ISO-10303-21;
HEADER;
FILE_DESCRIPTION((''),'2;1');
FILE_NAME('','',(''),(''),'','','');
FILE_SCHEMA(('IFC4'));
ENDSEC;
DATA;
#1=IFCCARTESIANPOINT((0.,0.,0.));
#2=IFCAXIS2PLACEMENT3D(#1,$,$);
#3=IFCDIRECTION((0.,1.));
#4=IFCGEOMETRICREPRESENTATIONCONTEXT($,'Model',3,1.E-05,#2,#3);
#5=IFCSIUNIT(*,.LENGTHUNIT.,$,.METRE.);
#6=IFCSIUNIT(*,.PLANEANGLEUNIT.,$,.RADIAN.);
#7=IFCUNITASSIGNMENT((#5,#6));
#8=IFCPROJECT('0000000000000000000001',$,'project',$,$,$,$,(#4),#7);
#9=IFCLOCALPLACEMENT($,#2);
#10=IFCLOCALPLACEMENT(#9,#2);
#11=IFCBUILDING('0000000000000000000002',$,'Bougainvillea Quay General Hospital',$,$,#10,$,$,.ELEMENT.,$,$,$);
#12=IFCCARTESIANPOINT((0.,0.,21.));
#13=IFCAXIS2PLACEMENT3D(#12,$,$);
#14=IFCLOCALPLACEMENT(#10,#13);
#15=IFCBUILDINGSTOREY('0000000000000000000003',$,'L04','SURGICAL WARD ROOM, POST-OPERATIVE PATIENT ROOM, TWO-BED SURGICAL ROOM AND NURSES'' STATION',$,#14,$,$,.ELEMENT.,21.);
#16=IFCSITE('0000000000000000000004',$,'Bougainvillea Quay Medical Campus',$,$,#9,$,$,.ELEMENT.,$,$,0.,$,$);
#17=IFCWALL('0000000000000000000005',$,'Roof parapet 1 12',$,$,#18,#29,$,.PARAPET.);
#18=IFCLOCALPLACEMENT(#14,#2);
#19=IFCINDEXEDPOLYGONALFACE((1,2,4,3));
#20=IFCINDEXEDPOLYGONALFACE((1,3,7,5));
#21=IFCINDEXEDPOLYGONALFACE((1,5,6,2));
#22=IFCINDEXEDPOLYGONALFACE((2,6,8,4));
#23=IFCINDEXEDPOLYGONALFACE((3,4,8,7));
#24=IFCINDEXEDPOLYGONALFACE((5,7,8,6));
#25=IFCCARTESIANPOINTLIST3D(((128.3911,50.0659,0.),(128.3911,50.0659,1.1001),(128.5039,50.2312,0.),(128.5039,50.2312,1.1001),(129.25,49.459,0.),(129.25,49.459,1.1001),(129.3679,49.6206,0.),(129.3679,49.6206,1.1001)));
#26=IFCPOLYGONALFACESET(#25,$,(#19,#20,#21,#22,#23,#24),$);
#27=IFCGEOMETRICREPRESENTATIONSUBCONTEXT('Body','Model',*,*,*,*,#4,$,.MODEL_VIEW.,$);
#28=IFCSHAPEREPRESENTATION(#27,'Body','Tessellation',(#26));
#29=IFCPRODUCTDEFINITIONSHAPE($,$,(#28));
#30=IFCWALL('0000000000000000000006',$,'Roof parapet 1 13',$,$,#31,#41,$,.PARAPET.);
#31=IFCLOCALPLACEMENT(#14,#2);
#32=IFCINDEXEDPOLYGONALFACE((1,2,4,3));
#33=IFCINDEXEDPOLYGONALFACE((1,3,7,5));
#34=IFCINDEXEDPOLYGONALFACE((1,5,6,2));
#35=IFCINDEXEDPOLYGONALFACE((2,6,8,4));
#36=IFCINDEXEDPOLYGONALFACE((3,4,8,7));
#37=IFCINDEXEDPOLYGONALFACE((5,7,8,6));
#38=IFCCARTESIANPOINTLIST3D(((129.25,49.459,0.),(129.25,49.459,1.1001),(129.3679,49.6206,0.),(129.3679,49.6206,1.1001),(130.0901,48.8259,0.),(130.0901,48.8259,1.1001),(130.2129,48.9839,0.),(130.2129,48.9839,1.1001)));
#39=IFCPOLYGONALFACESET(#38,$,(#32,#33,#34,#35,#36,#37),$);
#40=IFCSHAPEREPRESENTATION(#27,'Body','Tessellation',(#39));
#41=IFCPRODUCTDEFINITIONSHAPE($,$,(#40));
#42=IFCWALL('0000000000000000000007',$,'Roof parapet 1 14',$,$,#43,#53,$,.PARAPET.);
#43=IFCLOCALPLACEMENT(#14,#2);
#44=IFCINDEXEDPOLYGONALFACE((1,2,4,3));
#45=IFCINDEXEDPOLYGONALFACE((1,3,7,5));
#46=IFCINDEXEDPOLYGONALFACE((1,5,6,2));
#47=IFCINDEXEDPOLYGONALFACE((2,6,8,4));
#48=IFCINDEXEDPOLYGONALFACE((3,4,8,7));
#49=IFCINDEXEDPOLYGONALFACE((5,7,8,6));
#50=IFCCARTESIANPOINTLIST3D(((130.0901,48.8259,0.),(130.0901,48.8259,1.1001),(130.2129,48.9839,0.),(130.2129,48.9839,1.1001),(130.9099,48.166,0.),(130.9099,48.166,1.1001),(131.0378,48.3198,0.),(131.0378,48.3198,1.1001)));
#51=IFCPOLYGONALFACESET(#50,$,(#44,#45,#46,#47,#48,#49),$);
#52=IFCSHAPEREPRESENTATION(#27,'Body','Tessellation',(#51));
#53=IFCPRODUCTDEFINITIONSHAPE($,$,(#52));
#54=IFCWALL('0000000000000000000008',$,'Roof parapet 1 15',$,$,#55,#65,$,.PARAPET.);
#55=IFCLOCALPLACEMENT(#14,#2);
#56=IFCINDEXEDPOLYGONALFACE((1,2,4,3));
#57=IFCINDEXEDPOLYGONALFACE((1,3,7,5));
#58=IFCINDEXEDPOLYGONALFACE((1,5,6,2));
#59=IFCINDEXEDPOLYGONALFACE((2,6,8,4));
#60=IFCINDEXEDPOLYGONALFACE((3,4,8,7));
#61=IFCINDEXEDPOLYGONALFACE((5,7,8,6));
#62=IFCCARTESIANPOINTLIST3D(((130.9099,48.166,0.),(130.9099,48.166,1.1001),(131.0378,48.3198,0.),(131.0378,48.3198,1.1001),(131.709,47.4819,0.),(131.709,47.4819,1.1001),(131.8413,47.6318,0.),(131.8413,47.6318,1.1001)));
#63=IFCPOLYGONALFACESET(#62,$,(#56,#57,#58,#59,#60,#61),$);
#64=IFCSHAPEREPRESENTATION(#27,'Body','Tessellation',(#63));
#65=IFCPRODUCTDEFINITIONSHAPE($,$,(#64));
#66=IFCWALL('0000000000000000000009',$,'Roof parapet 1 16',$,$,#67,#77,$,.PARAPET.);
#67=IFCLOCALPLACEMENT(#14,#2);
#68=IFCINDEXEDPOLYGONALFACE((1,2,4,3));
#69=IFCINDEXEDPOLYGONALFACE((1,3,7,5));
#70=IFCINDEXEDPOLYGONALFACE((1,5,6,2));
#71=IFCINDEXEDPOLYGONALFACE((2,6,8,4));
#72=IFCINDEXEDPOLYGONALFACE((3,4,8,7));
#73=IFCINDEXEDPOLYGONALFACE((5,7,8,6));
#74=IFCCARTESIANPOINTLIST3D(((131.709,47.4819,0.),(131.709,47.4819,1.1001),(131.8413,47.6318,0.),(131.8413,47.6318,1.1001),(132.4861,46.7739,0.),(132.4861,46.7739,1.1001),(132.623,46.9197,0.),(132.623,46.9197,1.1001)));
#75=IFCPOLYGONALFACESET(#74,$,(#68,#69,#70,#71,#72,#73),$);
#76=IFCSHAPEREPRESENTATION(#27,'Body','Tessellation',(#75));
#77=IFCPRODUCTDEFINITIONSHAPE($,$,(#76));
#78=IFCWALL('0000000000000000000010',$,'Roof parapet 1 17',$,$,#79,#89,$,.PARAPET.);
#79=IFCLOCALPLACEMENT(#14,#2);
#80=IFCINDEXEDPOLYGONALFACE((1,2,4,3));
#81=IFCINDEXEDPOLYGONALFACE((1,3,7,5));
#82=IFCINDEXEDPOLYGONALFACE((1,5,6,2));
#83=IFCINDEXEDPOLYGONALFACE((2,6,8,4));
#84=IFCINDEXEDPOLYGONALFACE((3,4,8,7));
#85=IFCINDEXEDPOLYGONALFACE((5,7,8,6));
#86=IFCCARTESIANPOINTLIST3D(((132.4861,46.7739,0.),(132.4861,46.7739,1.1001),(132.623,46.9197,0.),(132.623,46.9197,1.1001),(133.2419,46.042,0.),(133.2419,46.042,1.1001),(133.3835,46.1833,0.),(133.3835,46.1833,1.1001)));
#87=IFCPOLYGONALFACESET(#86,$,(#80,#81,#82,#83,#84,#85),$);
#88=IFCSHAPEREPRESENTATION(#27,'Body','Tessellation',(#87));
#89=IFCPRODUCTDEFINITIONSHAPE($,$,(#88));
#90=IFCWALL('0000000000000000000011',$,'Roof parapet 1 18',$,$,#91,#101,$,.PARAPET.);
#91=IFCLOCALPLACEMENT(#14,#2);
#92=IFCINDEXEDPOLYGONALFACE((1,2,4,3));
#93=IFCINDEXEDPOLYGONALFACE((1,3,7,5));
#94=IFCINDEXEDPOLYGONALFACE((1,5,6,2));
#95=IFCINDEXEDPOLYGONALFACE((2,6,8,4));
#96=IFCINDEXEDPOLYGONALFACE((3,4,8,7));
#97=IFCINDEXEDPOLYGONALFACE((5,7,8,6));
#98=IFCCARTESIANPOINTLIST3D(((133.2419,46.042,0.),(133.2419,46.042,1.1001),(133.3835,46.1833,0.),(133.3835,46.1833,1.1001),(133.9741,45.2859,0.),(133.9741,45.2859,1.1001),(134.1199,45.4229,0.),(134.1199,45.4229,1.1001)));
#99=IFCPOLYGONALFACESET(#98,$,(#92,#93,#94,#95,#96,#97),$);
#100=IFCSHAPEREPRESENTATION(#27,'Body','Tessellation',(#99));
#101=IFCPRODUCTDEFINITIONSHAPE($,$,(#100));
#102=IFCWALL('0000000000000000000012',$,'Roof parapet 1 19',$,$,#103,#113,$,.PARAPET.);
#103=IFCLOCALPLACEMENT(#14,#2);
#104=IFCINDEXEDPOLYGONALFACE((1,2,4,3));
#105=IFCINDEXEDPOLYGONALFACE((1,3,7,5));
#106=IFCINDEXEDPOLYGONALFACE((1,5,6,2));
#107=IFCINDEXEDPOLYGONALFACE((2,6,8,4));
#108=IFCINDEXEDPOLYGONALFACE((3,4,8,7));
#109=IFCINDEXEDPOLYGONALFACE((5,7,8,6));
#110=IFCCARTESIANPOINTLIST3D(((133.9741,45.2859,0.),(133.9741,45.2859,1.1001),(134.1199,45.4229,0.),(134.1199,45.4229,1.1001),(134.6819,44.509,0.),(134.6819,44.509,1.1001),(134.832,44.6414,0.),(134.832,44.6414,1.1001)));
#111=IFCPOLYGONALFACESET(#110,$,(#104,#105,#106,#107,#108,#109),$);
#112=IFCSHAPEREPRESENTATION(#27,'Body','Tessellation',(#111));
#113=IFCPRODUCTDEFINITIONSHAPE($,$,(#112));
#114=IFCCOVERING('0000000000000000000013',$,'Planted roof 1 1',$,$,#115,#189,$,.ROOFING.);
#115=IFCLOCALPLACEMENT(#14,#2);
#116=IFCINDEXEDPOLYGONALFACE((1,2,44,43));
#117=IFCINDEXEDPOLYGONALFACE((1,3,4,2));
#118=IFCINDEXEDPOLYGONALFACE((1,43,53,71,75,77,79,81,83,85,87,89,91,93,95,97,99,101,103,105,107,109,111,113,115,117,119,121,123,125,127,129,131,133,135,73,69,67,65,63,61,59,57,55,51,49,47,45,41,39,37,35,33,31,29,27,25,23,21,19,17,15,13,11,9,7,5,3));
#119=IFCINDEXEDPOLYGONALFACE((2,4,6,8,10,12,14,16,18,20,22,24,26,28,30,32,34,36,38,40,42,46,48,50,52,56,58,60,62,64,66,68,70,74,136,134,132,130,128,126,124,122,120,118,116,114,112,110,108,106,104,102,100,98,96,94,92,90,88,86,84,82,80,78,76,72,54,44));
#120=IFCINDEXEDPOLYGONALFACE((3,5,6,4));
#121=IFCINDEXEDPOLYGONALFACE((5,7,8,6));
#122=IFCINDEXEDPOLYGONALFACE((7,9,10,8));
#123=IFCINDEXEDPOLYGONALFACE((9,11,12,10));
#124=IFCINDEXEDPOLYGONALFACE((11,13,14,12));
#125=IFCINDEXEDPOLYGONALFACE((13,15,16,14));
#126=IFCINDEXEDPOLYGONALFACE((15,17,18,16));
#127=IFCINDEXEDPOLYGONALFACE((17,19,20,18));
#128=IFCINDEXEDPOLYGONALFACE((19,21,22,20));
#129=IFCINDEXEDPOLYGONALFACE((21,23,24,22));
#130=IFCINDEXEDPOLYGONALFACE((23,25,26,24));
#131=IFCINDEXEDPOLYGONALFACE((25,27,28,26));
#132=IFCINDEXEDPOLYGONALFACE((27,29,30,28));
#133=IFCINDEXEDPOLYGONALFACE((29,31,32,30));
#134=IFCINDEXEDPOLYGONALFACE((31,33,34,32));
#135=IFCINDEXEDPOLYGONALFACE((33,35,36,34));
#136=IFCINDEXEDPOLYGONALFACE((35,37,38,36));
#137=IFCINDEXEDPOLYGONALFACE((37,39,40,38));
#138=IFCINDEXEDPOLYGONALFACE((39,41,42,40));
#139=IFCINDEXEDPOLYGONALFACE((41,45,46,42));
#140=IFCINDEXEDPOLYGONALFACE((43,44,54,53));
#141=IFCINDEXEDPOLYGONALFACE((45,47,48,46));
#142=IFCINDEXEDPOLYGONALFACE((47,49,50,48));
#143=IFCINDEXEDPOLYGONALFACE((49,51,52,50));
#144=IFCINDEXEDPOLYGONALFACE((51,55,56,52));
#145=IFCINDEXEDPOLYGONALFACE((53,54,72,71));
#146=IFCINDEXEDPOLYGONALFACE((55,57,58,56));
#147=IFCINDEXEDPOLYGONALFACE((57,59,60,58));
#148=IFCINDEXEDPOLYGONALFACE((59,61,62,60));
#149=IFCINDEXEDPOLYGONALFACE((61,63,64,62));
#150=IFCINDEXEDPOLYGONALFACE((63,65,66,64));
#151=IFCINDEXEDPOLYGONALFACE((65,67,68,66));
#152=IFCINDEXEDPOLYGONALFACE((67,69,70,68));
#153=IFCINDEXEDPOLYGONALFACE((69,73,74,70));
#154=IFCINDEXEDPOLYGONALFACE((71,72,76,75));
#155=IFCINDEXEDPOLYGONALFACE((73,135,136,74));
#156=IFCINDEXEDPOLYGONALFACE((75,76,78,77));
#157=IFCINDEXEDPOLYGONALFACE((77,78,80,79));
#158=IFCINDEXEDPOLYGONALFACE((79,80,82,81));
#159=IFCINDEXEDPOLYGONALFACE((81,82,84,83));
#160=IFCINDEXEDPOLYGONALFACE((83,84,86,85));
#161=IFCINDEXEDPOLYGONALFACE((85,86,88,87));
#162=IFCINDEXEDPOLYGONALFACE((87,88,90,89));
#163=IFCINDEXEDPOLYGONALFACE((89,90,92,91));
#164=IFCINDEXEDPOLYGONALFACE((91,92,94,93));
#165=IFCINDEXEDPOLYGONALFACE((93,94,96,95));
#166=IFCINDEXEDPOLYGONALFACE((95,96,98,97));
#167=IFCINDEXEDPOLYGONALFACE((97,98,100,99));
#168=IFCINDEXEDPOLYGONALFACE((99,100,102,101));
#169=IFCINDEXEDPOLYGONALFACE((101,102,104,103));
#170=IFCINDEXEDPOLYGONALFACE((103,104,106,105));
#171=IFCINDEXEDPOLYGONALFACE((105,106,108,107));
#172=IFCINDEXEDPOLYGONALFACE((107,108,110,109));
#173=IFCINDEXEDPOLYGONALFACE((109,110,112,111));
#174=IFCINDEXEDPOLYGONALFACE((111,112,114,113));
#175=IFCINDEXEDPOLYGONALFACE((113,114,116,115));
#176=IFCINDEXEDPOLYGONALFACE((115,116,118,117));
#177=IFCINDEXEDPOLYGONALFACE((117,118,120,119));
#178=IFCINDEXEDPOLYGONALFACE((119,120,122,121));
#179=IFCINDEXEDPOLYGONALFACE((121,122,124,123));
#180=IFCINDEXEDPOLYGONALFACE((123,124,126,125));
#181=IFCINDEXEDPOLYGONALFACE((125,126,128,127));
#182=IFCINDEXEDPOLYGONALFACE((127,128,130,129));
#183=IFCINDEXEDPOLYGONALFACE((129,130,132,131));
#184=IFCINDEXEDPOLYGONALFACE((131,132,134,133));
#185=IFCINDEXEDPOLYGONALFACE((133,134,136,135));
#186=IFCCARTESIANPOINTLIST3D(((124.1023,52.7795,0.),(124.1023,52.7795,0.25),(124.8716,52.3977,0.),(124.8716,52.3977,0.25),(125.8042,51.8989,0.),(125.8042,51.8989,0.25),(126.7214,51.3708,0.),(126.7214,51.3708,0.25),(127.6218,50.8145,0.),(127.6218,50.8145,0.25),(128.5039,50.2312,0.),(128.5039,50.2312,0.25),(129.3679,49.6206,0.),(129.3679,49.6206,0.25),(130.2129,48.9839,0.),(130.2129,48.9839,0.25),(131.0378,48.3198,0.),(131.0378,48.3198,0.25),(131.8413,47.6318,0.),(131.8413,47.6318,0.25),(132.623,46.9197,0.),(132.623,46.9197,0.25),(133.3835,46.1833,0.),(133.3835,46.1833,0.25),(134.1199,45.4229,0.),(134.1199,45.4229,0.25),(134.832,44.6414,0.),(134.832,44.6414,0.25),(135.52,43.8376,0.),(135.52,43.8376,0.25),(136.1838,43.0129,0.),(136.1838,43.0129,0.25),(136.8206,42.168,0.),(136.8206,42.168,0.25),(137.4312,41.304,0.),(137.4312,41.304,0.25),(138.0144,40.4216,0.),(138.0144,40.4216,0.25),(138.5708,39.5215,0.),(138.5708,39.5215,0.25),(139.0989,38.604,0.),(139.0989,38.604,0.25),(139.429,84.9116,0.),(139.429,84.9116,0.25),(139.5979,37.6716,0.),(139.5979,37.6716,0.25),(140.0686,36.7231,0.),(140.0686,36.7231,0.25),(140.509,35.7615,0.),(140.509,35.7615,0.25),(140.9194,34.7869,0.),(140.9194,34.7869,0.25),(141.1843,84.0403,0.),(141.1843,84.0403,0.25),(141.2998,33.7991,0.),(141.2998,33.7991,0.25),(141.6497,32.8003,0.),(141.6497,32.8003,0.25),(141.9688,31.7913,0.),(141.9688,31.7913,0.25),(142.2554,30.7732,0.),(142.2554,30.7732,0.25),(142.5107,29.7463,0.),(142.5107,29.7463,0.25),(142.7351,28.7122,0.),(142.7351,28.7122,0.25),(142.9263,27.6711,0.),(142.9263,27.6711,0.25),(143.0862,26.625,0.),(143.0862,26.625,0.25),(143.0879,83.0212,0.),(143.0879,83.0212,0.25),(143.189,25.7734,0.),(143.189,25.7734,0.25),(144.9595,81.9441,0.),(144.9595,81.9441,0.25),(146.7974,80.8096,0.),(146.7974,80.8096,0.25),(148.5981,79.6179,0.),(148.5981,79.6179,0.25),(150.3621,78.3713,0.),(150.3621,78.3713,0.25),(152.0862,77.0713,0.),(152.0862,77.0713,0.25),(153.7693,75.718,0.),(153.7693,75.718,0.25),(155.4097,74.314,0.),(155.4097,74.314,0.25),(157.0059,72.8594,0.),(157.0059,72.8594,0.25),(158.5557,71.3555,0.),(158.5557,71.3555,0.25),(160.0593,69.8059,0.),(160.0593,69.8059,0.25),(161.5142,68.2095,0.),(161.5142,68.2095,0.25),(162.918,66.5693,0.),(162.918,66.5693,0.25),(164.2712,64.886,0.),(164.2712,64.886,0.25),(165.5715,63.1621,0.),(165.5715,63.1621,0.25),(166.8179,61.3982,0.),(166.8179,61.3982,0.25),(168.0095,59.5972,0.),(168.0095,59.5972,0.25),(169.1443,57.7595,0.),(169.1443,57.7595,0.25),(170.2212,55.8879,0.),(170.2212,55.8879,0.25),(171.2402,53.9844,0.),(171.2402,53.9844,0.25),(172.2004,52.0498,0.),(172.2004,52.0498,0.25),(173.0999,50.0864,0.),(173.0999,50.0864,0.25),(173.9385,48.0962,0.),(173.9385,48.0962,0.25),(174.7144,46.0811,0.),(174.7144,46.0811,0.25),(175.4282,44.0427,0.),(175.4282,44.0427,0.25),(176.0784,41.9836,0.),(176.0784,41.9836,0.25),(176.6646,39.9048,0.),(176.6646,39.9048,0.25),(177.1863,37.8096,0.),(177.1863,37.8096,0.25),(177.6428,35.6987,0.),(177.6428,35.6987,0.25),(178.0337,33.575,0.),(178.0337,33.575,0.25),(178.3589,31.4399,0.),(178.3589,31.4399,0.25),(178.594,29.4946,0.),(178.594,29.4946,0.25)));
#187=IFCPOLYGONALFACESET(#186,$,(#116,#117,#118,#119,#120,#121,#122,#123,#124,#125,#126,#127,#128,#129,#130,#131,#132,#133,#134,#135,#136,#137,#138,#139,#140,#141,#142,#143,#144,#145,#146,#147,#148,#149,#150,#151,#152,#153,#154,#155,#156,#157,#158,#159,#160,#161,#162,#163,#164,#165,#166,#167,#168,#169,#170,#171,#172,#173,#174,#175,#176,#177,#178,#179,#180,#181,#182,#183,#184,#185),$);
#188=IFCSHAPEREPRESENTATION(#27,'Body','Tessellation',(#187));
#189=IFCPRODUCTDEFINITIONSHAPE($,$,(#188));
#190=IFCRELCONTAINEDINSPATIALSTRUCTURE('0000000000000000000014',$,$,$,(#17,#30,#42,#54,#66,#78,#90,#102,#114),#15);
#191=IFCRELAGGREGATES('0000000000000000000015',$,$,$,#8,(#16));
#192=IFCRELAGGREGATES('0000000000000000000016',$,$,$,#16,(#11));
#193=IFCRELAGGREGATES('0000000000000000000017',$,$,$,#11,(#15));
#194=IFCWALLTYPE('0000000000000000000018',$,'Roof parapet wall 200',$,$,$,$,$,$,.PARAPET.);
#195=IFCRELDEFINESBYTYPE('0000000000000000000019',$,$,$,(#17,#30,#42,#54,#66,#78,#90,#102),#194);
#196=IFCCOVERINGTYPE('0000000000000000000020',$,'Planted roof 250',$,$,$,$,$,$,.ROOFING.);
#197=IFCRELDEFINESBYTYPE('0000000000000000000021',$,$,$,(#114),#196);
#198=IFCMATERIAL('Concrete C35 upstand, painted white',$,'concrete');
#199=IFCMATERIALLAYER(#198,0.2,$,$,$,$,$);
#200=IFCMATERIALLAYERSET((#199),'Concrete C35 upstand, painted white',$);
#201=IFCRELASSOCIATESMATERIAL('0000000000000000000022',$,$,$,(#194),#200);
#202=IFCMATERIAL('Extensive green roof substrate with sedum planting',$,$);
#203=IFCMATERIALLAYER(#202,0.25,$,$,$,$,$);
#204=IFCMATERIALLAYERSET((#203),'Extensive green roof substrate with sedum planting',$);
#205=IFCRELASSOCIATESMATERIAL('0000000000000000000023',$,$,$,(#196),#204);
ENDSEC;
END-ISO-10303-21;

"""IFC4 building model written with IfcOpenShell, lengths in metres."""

from ifc_helpers import new_model, si_unit, direction, frame, origin, place, context, subcontext, project, spatial, polyline, outline, extrude, material, layer, layer_set, type_object, element, save


model = new_model("IFC4")

# Units and contexts
model_context = context("Model", 3, precision=1e-05, world=origin(), true_north=direction((0.0, 1.0)))
body_context = subcontext(model_context, "Body", "Model", "MODEL_VIEW")
ifc_project = project(units=[si_unit("LENGTHUNIT", "METRE"), si_unit("PLANEANGLEUNIT", "RADIAN")], contexts=[model_context])

# Site, building, storey
site_placement = place(None, origin())
site = spatial("IfcSite", under=ifc_project, at=site_placement, Name="Bougainvillea Quay Medical Campus", CompositionType="ELEMENT", RefElevation=0.0)
building_placement = place(site_placement, origin())
building = spatial("IfcBuilding", under=site, at=building_placement, Name="Bougainvillea Quay General Hospital", CompositionType="ELEMENT")
storey_placement = place(building_placement, frame((0.0, 0.0, 21.0)))
storey = spatial("IfcBuildingStorey", under=building, at=storey_placement, Name="L04", Description="SURGICAL WARD ROOM, POST-OPERATIVE PATIENT ROOM, TWO-BED SURGICAL ROOM AND NURSES' STATION", CompositionType="ELEMENT", Elevation=21.0)

# Walls
ifc_material_1 = material(Name="Concrete C35 upstand, painted white", Category="concrete")
ifc_layer_1 = layer(ifc_material_1, 0.2)
ifc_layer_set_1 = layer_set([ifc_layer_1], Name="Concrete C35 upstand, painted white")
wall_type = type_object("IfcWallType", Name="Roof parapet wall 200", PredefinedType="PARAPET", material=ifc_layer_set_1)
wall_1_placement = place(storey_placement, origin())
element("IfcWall", 1, at=wall_1_placement, inside=storey, type_object=wall_type, Name="Roof parapet 1 12", PredefinedType="PARAPET", context=body_context, shape_type="SweptSolid", body=[
    extrude(outline(polyline([(129.3679, 49.6206), (129.25, 49.459), (128.3911, 50.0659), (128.5039, 50.2312), (129.3679, 49.6206)])), origin(), (0.0, 0.0, 1.0), 1.1001),
])
wall_2_placement = place(storey_placement, origin())
element("IfcWall", 2, at=wall_2_placement, inside=storey, type_object=wall_type, Name="Roof parapet 1 13", PredefinedType="PARAPET", context=body_context, shape_type="SweptSolid", body=[
    extrude(outline(polyline([(130.2129, 48.9839), (130.0901, 48.8259), (129.25, 49.459), (129.3679, 49.6206), (130.2129, 48.9839)])), origin(), (0.0, 0.0, 1.0), 1.1001),
])
wall_3_placement = place(storey_placement, origin())
element("IfcWall", 3, at=wall_3_placement, inside=storey, type_object=wall_type, Name="Roof parapet 1 14", PredefinedType="PARAPET", context=body_context, shape_type="SweptSolid", body=[
    extrude(outline(polyline([(131.0378, 48.3198), (130.9099, 48.166), (130.0901, 48.8259), (130.2129, 48.9839), (131.0378, 48.3198)])), origin(), (0.0, 0.0, 1.0), 1.1001),
])
wall_4_placement = place(storey_placement, origin())
element("IfcWall", 4, at=wall_4_placement, inside=storey, type_object=wall_type, Name="Roof parapet 1 15", PredefinedType="PARAPET", context=body_context, shape_type="SweptSolid", body=[
    extrude(outline(polyline([(131.8413, 47.6318), (131.709, 47.4819), (130.9099, 48.166), (131.0378, 48.3198), (131.8413, 47.6318)])), origin(), (0.0, 0.0, 1.0), 1.1001),
])
wall_5_placement = place(storey_placement, origin())
element("IfcWall", 5, at=wall_5_placement, inside=storey, type_object=wall_type, Name="Roof parapet 1 16", PredefinedType="PARAPET", context=body_context, shape_type="SweptSolid", body=[
    extrude(outline(polyline([(132.623, 46.9197), (132.4861, 46.7739), (131.709, 47.4819), (131.8413, 47.6318), (132.623, 46.9197)])), origin(), (0.0, 0.0, 1.0), 1.1001),
])
wall_6_placement = place(storey_placement, origin())
element("IfcWall", 6, at=wall_6_placement, inside=storey, type_object=wall_type, Name="Roof parapet 1 17", PredefinedType="PARAPET", context=body_context, shape_type="SweptSolid", body=[
    extrude(outline(polyline([(133.3835, 46.1833), (133.2419, 46.042), (132.4861, 46.7739), (132.623, 46.9197), (133.3835, 46.1833)])), origin(), (0.0, 0.0, 1.0), 1.1001),
])
wall_7_placement = place(storey_placement, origin())
element("IfcWall", 7, at=wall_7_placement, inside=storey, type_object=wall_type, Name="Roof parapet 1 18", PredefinedType="PARAPET", context=body_context, shape_type="SweptSolid", body=[
    extrude(outline(polyline([(134.1199, 45.4229), (133.9741, 45.2859), (133.2419, 46.042), (133.3835, 46.1833), (134.1199, 45.4229)])), origin(), (0.0, 0.0, 1.0), 1.1001),
])
wall_8_placement = place(storey_placement, origin())
element("IfcWall", 8, at=wall_8_placement, inside=storey, type_object=wall_type, Name="Roof parapet 1 19", PredefinedType="PARAPET", context=body_context, shape_type="SweptSolid", body=[
    extrude(outline(polyline([(134.832, 44.6414), (134.6819, 44.509), (133.9741, 45.2859), (134.1199, 45.4229), (134.832, 44.6414)])), origin(), (0.0, 0.0, 1.0), 1.1001),
])

# Covering
ifc_material_2 = material(Name="Extensive green roof substrate with sedum planting")
ifc_layer_2 = layer(ifc_material_2, 0.25)
ifc_layer_set_2 = layer_set([ifc_layer_2], Name="Extensive green roof substrate with sedum planting")
covering_type = type_object("IfcCoveringType", Name="Planted roof 250", PredefinedType="ROOFING", material=ifc_layer_set_2)
covering_placement = place(storey_placement, origin())
element("IfcCovering", 9, at=covering_placement, inside=storey, type_object=covering_type, Name="Planted roof 1 1", PredefinedType="ROOFING", context=body_context, shape_type="SweptSolid", body=[
    extrude(outline(polyline([(148.5981, 79.6179), (150.3621, 78.3713), (152.0862, 77.0713), (153.7693, 75.718), (155.4097, 74.314), (157.0059, 72.8594), (158.5557, 71.3555), (160.0593, 69.8059), (161.5142, 68.2095), (162.918, 66.5693), (164.2712, 64.886), (165.5715, 63.1621), (166.8179, 61.3982), (168.0095, 59.5972), (169.1443, 57.7595), (170.2212, 55.8879), (171.2402, 53.9844), (172.2004, 52.0498), (173.0999, 50.0864), (173.9385, 48.0962), (174.7144, 46.0811), (175.4282, 44.0427), (176.0784, 41.9836), (176.6646, 39.9048), (177.1863, 37.8096), (177.6428, 35.6987), (178.0337, 33.575), (178.3589, 31.4399), (178.594, 29.4946), (143.189, 25.7734), (143.0862, 26.625), (142.9263, 27.6711), (142.7351, 28.7122), (142.5107, 29.7463), (142.2554, 30.7732), (141.9688, 31.7913), (141.6497, 32.8003), (141.2998, 33.7991), (140.9194, 34.7869), (140.509, 35.7615), (140.0686, 36.7231), (139.5979, 37.6716), (139.0989, 38.604), (138.5708, 39.5215), (138.0144, 40.4216), (137.4312, 41.304), (136.8206, 42.168), (136.1838, 43.0129), (135.52, 43.8376), (134.832, 44.6414), (134.1199, 45.4229), (133.3835, 46.1833), (132.623, 46.9197), (131.8413, 47.6318), (131.0378, 48.3198), (130.2129, 48.9839), (129.3679, 49.6206), (128.5039, 50.2312), (127.6218, 50.8145), (126.7214, 51.3708), (125.8042, 51.8989), (124.8716, 52.3977), (124.1023, 52.7795), (139.429, 84.9116), (141.1843, 84.0403), (143.0879, 83.0212), (144.9595, 81.9441), (146.7974, 80.8096), (148.5981, 79.6179)])), origin(), (0.0, 0.0, 1.0), 0.25),
])

save(model, "model.ifc")
